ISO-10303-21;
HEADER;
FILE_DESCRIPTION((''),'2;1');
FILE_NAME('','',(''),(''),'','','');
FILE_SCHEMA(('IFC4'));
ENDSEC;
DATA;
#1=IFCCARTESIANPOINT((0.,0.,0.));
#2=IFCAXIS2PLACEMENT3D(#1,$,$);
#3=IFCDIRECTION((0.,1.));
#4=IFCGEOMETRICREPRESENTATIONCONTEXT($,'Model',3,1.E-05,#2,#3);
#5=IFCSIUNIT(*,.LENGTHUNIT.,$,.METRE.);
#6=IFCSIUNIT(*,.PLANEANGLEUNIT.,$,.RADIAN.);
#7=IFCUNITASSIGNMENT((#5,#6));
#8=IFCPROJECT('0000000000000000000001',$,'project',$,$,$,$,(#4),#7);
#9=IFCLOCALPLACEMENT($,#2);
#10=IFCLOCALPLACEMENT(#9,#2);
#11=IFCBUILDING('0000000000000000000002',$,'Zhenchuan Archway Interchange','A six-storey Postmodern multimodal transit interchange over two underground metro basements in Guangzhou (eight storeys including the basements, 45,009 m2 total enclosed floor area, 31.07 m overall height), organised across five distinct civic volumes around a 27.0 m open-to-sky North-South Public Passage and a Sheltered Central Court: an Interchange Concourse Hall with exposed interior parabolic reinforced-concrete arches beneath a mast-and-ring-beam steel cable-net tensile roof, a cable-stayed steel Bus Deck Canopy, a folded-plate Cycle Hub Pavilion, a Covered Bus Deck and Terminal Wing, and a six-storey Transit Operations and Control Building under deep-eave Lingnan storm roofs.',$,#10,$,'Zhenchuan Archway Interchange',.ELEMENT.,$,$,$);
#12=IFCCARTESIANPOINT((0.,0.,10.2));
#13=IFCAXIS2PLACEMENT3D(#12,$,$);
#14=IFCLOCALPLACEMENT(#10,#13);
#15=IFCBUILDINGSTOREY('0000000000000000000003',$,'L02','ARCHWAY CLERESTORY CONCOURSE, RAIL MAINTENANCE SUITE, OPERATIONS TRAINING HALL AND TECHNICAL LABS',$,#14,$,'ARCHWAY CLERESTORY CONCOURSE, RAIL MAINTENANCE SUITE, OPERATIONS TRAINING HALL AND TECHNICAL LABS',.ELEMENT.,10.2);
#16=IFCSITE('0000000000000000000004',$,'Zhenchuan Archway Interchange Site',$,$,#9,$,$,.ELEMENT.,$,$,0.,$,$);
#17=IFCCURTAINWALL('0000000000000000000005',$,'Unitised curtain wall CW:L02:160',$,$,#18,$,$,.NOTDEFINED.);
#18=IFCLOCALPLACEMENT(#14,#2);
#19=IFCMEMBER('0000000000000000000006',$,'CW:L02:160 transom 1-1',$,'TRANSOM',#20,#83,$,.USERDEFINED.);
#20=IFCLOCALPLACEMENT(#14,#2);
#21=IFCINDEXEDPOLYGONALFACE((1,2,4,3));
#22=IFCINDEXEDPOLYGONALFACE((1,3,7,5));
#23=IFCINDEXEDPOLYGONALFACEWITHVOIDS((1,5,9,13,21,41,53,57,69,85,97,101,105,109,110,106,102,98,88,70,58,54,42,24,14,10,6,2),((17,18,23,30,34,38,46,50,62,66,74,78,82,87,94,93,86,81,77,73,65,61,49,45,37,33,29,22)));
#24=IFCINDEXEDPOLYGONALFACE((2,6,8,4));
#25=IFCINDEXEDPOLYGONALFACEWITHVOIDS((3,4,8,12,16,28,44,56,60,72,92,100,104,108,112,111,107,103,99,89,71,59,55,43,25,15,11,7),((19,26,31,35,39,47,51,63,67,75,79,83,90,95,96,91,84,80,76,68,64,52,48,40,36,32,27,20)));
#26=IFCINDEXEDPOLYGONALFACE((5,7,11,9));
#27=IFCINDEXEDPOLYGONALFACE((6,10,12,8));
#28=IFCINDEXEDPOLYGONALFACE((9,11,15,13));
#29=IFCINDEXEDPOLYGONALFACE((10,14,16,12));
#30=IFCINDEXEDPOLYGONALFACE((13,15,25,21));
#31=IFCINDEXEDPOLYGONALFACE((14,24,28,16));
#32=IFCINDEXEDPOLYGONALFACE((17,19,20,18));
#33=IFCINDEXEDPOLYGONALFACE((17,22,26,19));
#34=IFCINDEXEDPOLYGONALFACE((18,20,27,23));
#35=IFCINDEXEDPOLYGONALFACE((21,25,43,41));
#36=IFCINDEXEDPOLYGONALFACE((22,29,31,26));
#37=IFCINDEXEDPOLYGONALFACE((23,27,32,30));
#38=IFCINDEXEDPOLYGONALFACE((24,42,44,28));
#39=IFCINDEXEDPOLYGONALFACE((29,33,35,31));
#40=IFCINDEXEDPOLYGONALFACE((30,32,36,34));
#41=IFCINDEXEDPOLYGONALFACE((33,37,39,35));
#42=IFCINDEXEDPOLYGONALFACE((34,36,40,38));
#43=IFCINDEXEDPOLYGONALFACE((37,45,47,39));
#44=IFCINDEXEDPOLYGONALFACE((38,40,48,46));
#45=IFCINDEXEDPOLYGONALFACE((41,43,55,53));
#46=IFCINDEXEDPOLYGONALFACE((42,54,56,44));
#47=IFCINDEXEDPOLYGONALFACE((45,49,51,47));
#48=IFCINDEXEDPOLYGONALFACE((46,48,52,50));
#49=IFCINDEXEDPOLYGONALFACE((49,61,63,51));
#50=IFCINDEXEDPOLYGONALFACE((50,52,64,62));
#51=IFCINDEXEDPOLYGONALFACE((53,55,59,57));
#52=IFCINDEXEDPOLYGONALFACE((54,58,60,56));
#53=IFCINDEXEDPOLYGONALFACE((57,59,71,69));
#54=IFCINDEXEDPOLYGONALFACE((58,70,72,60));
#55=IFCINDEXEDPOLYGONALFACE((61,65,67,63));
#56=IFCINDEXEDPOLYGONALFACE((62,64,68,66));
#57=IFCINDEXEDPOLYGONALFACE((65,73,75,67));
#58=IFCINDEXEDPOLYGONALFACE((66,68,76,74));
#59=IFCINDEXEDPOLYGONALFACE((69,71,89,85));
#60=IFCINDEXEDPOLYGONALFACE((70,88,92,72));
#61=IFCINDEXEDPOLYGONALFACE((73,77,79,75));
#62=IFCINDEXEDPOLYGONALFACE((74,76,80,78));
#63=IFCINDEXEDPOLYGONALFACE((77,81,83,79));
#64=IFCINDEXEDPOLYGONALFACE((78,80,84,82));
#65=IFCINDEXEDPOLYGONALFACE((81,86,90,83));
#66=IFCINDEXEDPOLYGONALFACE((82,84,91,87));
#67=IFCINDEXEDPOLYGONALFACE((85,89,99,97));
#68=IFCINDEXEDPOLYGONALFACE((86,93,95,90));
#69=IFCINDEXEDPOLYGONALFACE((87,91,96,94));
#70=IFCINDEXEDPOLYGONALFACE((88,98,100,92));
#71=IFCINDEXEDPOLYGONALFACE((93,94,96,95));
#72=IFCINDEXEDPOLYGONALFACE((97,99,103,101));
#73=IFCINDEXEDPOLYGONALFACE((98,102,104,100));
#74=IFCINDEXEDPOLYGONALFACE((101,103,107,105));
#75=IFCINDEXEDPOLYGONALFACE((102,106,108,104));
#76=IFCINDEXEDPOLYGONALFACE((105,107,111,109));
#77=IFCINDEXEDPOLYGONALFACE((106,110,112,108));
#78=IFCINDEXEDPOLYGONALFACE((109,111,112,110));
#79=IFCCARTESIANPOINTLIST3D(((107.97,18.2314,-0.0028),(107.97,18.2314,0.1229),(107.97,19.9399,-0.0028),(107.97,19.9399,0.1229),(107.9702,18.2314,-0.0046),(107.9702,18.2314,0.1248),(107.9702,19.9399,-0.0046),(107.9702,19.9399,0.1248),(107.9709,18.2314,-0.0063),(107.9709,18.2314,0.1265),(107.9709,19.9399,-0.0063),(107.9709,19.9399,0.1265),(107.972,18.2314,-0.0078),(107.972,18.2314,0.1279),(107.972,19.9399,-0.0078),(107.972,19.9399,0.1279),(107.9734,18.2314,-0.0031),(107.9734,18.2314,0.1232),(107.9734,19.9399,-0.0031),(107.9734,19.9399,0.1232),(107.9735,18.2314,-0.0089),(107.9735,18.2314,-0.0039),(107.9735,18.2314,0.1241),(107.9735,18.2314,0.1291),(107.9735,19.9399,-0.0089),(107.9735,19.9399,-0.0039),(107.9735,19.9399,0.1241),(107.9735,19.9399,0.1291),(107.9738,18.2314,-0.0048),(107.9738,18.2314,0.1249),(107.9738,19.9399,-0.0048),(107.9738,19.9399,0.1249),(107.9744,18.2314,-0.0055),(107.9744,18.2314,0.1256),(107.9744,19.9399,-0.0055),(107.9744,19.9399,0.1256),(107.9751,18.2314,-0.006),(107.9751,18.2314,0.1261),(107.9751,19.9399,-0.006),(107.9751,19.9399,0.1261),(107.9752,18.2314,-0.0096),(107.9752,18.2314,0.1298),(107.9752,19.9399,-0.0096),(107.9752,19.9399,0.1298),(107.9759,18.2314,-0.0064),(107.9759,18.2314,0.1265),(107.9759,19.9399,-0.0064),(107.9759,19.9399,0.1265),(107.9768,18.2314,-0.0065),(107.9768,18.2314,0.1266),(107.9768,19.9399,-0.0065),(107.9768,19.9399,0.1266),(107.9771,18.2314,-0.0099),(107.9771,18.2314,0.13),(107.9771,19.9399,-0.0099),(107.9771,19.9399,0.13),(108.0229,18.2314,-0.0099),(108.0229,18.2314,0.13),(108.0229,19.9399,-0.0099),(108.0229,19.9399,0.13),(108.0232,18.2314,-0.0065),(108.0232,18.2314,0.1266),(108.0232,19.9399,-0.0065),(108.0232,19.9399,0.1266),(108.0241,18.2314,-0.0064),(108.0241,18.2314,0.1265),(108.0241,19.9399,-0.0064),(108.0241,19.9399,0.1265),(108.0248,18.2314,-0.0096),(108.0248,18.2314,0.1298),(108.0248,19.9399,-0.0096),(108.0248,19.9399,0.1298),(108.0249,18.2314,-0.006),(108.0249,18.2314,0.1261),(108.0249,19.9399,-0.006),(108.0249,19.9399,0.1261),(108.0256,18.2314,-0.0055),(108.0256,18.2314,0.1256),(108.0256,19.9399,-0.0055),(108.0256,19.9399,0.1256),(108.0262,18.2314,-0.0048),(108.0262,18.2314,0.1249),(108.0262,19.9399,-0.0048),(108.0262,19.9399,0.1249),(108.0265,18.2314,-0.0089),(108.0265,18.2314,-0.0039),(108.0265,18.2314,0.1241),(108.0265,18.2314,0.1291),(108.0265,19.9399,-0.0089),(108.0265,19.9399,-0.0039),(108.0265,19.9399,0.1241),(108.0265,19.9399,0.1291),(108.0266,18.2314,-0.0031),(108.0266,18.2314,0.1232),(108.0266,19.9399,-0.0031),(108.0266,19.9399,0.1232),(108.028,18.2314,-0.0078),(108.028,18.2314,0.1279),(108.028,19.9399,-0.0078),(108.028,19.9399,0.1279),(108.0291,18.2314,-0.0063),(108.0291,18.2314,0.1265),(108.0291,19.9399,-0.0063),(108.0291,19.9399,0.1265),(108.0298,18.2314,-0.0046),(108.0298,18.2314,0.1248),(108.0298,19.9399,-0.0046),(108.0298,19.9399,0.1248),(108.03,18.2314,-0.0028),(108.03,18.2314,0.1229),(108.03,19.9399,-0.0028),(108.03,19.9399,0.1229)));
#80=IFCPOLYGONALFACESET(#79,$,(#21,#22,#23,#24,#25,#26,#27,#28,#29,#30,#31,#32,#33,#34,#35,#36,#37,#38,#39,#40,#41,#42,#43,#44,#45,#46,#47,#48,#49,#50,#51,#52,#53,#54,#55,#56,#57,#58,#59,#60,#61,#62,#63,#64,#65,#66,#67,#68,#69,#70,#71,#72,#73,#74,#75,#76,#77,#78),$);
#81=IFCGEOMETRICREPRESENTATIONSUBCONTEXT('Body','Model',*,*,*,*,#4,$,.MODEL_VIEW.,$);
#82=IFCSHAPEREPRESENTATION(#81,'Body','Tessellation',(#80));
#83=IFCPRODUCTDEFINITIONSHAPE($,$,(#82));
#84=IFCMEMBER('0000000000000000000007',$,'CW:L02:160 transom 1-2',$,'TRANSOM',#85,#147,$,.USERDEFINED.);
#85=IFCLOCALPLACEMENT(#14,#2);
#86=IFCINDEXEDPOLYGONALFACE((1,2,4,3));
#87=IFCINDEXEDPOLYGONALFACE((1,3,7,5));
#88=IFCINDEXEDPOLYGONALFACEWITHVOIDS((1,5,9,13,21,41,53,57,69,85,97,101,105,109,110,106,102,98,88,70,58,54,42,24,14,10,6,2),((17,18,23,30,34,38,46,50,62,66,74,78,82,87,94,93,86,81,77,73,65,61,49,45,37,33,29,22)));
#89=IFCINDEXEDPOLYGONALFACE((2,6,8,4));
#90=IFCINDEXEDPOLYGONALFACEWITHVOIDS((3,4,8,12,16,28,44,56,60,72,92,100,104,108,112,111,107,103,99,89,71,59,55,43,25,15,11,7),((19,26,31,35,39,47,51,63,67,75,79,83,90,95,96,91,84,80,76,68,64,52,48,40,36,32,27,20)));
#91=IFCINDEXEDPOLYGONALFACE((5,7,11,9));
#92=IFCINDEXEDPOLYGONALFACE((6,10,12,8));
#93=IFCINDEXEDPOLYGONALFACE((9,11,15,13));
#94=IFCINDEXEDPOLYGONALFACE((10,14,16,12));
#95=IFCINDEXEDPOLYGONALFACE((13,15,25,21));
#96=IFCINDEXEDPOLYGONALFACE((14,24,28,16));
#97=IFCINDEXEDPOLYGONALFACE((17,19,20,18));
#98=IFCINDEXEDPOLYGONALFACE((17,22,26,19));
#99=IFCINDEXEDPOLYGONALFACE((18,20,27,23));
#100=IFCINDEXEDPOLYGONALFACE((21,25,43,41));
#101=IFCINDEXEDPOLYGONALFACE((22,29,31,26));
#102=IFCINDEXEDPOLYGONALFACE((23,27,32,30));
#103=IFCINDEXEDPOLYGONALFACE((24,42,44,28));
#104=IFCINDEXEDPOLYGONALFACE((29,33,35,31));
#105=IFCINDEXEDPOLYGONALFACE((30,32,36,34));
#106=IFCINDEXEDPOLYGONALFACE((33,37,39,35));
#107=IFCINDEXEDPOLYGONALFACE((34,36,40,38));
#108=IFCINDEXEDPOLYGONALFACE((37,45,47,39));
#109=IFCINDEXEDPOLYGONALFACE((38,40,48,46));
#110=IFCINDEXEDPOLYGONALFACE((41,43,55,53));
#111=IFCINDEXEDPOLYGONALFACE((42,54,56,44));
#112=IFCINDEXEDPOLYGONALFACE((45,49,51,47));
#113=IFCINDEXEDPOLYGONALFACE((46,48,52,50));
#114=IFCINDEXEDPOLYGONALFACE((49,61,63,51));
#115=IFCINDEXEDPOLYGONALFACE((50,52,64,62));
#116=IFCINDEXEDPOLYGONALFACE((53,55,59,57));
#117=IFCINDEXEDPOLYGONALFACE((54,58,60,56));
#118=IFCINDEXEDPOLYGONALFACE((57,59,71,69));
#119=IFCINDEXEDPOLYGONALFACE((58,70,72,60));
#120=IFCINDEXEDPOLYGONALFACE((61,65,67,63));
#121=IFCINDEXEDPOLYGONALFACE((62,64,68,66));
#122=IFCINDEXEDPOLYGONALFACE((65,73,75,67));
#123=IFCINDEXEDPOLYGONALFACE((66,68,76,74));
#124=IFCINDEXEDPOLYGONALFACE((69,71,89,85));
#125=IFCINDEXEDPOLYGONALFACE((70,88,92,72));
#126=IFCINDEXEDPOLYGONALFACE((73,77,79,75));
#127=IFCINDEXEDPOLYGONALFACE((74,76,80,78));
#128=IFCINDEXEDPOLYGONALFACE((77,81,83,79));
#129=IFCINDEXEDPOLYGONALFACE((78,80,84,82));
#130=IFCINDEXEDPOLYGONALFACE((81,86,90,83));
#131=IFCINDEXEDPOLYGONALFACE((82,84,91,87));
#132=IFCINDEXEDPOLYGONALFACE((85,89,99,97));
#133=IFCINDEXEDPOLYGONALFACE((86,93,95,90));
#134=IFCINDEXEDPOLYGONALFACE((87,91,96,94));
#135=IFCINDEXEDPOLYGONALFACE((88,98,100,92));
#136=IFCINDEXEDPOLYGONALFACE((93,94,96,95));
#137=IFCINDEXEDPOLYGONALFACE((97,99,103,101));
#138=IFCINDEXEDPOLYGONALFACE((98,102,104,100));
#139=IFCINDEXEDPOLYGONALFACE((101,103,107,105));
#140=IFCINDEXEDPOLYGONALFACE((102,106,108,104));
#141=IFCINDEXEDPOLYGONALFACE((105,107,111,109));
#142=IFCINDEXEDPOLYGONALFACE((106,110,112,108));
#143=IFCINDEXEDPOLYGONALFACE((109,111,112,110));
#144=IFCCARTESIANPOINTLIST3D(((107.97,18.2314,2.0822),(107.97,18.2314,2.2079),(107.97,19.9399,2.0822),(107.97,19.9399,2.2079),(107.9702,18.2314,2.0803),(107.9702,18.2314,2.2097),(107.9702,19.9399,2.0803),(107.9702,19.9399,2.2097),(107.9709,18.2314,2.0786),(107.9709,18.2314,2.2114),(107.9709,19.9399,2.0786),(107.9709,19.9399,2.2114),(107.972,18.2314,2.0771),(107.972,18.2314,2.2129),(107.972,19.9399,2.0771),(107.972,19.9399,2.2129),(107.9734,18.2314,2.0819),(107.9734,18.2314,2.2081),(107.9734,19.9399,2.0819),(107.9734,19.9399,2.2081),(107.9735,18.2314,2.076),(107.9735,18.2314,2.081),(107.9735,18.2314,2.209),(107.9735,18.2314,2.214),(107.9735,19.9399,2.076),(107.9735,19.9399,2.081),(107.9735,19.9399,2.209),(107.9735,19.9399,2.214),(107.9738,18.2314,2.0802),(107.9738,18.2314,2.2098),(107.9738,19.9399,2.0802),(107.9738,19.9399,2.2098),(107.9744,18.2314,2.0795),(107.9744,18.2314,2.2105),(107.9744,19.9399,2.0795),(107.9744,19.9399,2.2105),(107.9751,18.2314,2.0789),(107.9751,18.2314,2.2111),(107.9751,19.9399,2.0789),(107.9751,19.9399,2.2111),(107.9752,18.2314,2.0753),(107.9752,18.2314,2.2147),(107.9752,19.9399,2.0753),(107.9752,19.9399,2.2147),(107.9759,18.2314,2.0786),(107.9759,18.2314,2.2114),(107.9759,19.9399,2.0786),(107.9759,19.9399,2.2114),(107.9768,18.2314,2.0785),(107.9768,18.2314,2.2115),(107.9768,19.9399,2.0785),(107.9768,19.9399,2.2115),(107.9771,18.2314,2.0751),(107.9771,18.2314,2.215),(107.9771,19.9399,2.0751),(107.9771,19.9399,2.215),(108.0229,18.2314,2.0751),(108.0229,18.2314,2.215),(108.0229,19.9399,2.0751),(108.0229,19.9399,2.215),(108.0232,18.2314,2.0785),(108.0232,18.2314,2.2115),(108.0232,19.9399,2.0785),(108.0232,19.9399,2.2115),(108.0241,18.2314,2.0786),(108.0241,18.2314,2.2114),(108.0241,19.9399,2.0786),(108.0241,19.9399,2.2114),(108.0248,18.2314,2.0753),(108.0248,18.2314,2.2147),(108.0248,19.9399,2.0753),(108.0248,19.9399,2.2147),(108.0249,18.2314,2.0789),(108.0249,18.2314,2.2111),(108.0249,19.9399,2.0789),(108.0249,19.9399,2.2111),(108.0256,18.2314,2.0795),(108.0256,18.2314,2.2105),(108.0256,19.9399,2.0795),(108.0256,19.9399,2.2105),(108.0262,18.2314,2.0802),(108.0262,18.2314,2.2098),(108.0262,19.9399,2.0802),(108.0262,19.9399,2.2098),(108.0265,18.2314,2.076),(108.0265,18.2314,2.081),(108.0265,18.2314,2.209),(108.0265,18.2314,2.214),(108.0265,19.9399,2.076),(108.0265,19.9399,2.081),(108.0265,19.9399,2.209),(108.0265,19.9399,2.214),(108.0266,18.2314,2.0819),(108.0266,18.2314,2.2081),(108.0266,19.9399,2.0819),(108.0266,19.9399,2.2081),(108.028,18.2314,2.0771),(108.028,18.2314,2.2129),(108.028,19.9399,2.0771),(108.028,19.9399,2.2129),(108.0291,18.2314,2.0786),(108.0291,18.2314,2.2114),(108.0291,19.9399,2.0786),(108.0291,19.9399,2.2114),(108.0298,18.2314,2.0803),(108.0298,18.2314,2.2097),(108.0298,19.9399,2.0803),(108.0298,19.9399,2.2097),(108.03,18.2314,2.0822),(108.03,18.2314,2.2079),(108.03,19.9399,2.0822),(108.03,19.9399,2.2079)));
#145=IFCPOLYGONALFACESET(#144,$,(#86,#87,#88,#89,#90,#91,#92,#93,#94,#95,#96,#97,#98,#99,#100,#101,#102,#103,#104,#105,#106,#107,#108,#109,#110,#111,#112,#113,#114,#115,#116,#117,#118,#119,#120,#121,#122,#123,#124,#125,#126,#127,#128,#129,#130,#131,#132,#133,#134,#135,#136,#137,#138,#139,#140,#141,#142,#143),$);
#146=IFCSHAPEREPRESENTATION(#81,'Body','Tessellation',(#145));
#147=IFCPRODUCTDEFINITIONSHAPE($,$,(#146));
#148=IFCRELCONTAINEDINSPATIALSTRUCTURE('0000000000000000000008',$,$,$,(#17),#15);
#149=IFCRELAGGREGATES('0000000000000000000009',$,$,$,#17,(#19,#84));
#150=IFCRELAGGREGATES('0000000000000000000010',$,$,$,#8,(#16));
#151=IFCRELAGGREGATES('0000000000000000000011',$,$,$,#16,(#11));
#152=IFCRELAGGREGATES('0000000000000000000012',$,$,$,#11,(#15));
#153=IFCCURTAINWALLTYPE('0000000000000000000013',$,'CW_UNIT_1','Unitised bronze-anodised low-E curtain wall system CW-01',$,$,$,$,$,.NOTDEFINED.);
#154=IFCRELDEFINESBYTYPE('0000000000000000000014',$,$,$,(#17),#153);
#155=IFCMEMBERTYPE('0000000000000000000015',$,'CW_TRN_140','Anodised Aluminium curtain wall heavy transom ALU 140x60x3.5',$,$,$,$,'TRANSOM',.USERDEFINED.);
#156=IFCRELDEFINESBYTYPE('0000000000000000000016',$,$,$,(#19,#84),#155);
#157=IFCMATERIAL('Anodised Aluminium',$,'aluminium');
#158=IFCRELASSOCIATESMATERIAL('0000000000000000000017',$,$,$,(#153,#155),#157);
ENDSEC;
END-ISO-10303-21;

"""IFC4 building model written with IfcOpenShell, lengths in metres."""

from ifc_helpers import new_model, si_unit, direction, frame, origin, origin_2d, place, context, subcontext, project, spatial, hollow_rectangle, extrude, material, material_profile, profile_set, type_object, element, aggregate, save


model = new_model("IFC4")

# Units and contexts
model_context = context("Model", 3, precision=1e-05, world=origin(), true_north=direction((0.0, 1.0)))
body_context = subcontext(model_context, "Body", "Model", "MODEL_VIEW")
ifc_project = project(units=[si_unit("LENGTHUNIT", "METRE"), si_unit("PLANEANGLEUNIT", "RADIAN")], contexts=[model_context])

# Site, building, storey
site_placement = place(None, origin())
site = spatial("IfcSite", under=ifc_project, at=site_placement, Name="Zhenchuan Archway Interchange Site", CompositionType="ELEMENT", RefElevation=0.0)
building_placement = place(site_placement, origin())
building = spatial("IfcBuilding", under=site, at=building_placement, Name="Zhenchuan Archway Interchange", Description="A six-storey Postmodern multimodal transit interchange over two underground metro basements in Guangzhou (eight storeys including the basements, 45,009 m2 total enclosed floor area, 31.07 m overall height), organised across five distinct civic volumes around a 27.0 m open-to-sky North-South Public Passage and a Sheltered Central Court: an Interchange Concourse Hall with exposed interior parabolic reinforced-concrete arches beneath a mast-and-ring-beam steel cable-net tensile roof, a cable-stayed steel Bus Deck Canopy, a folded-plate Cycle Hub Pavilion, a Covered Bus Deck and Terminal Wing, and a six-storey Transit Operations and Control Building under deep-eave Lingnan storm roofs.", LongName="Zhenchuan Archway Interchange", CompositionType="ELEMENT")
storey_placement = place(building_placement, frame((0.0, 0.0, 10.2)))
storey = spatial("IfcBuildingStorey", under=building, at=storey_placement, Name="L02", Description="ARCHWAY CLERESTORY CONCOURSE, RAIL MAINTENANCE SUITE, OPERATIONS TRAINING HALL AND TECHNICAL LABS", LongName="ARCHWAY CLERESTORY CONCOURSE, RAIL MAINTENANCE SUITE, OPERATIONS TRAINING HALL AND TECHNICAL LABS", CompositionType="ELEMENT", Elevation=10.2)

# Shared definitions
ifc_material_1 = material(Name="Anodised Aluminium", Category="aluminium")

# Curtain wall, members
curtain_wall_type_1 = type_object("IfcCurtainWallType", Name="CW_UNIT_1", Description="Unitised bronze-anodised low-E curtain wall system CW-01", PredefinedType="NOTDEFINED", material=ifc_material_1)
curtain_wall_1_placement = place(storey_placement, origin())
curtain_wall_1 = element("IfcCurtainWall", 1, at=curtain_wall_1_placement, inside=storey, type_object=curtain_wall_type_1, Name="Unitised curtain wall CW:L02:160", PredefinedType="NOTDEFINED")
ifc_material_profile_1 = material_profile(ifc_material_1, hollow_rectangle(XDim=0.0601, YDim=0.1399, WallThickness=0.0034, InnerFilletRadius=0.0034, OuterFilletRadius=0.0071, at=origin_2d()), Name="ALU 140x60x3.5")
ifc_profile_set_1 = profile_set([ifc_material_profile_1], Name="Anodised Aluminium")
member_type_1 = type_object("IfcMemberType", Name="CW_TRN_140", Description="Anodised Aluminium curtain wall heavy transom ALU 140x60x3.5", ElementType="TRANSOM", PredefinedType="USERDEFINED", material=ifc_profile_set_1)
member_1_placement = place(storey_placement, frame((108.0, 18.2314, 0.0601), z_axis=(0.0, 1.0, 0.0), x_axis=(-1.0, 0.0, 0.0)))
member_1 = element("IfcMember", 2, at=member_1_placement, type_object=member_type_1, Name="CW:L02:160 transom 1-1", ObjectType="TRANSOM", PredefinedType="USERDEFINED", context=body_context, shape_type="SweptSolid", body=[
    extrude(hollow_rectangle(XDim=0.0601, YDim=0.1399, WallThickness=0.0034, InnerFilletRadius=0.0034, OuterFilletRadius=0.0071, at=origin_2d()), origin(), (0.0, 0.0, 1.0), 1.7085),
])
member_2_placement = place(storey_placement, frame((108.0, 18.2314, 2.145), z_axis=(0.0, 1.0, 0.0), x_axis=(-1.0, 0.0, 0.0)))
member_2 = element("IfcMember", 3, at=member_2_placement, type_object=member_type_1, Name="CW:L02:160 transom 1-2", ObjectType="TRANSOM", PredefinedType="USERDEFINED", context=body_context, shape_type="SweptSolid", body=[
    extrude(hollow_rectangle(XDim=0.0601, YDim=0.1399, WallThickness=0.0034, InnerFilletRadius=0.0034, OuterFilletRadius=0.0071, at=origin_2d()), origin(), (0.0, 0.0, 1.0), 1.7085),
])

aggregate(curtain_wall_1, [member_1, member_2])

save(model, "model.ifc")
